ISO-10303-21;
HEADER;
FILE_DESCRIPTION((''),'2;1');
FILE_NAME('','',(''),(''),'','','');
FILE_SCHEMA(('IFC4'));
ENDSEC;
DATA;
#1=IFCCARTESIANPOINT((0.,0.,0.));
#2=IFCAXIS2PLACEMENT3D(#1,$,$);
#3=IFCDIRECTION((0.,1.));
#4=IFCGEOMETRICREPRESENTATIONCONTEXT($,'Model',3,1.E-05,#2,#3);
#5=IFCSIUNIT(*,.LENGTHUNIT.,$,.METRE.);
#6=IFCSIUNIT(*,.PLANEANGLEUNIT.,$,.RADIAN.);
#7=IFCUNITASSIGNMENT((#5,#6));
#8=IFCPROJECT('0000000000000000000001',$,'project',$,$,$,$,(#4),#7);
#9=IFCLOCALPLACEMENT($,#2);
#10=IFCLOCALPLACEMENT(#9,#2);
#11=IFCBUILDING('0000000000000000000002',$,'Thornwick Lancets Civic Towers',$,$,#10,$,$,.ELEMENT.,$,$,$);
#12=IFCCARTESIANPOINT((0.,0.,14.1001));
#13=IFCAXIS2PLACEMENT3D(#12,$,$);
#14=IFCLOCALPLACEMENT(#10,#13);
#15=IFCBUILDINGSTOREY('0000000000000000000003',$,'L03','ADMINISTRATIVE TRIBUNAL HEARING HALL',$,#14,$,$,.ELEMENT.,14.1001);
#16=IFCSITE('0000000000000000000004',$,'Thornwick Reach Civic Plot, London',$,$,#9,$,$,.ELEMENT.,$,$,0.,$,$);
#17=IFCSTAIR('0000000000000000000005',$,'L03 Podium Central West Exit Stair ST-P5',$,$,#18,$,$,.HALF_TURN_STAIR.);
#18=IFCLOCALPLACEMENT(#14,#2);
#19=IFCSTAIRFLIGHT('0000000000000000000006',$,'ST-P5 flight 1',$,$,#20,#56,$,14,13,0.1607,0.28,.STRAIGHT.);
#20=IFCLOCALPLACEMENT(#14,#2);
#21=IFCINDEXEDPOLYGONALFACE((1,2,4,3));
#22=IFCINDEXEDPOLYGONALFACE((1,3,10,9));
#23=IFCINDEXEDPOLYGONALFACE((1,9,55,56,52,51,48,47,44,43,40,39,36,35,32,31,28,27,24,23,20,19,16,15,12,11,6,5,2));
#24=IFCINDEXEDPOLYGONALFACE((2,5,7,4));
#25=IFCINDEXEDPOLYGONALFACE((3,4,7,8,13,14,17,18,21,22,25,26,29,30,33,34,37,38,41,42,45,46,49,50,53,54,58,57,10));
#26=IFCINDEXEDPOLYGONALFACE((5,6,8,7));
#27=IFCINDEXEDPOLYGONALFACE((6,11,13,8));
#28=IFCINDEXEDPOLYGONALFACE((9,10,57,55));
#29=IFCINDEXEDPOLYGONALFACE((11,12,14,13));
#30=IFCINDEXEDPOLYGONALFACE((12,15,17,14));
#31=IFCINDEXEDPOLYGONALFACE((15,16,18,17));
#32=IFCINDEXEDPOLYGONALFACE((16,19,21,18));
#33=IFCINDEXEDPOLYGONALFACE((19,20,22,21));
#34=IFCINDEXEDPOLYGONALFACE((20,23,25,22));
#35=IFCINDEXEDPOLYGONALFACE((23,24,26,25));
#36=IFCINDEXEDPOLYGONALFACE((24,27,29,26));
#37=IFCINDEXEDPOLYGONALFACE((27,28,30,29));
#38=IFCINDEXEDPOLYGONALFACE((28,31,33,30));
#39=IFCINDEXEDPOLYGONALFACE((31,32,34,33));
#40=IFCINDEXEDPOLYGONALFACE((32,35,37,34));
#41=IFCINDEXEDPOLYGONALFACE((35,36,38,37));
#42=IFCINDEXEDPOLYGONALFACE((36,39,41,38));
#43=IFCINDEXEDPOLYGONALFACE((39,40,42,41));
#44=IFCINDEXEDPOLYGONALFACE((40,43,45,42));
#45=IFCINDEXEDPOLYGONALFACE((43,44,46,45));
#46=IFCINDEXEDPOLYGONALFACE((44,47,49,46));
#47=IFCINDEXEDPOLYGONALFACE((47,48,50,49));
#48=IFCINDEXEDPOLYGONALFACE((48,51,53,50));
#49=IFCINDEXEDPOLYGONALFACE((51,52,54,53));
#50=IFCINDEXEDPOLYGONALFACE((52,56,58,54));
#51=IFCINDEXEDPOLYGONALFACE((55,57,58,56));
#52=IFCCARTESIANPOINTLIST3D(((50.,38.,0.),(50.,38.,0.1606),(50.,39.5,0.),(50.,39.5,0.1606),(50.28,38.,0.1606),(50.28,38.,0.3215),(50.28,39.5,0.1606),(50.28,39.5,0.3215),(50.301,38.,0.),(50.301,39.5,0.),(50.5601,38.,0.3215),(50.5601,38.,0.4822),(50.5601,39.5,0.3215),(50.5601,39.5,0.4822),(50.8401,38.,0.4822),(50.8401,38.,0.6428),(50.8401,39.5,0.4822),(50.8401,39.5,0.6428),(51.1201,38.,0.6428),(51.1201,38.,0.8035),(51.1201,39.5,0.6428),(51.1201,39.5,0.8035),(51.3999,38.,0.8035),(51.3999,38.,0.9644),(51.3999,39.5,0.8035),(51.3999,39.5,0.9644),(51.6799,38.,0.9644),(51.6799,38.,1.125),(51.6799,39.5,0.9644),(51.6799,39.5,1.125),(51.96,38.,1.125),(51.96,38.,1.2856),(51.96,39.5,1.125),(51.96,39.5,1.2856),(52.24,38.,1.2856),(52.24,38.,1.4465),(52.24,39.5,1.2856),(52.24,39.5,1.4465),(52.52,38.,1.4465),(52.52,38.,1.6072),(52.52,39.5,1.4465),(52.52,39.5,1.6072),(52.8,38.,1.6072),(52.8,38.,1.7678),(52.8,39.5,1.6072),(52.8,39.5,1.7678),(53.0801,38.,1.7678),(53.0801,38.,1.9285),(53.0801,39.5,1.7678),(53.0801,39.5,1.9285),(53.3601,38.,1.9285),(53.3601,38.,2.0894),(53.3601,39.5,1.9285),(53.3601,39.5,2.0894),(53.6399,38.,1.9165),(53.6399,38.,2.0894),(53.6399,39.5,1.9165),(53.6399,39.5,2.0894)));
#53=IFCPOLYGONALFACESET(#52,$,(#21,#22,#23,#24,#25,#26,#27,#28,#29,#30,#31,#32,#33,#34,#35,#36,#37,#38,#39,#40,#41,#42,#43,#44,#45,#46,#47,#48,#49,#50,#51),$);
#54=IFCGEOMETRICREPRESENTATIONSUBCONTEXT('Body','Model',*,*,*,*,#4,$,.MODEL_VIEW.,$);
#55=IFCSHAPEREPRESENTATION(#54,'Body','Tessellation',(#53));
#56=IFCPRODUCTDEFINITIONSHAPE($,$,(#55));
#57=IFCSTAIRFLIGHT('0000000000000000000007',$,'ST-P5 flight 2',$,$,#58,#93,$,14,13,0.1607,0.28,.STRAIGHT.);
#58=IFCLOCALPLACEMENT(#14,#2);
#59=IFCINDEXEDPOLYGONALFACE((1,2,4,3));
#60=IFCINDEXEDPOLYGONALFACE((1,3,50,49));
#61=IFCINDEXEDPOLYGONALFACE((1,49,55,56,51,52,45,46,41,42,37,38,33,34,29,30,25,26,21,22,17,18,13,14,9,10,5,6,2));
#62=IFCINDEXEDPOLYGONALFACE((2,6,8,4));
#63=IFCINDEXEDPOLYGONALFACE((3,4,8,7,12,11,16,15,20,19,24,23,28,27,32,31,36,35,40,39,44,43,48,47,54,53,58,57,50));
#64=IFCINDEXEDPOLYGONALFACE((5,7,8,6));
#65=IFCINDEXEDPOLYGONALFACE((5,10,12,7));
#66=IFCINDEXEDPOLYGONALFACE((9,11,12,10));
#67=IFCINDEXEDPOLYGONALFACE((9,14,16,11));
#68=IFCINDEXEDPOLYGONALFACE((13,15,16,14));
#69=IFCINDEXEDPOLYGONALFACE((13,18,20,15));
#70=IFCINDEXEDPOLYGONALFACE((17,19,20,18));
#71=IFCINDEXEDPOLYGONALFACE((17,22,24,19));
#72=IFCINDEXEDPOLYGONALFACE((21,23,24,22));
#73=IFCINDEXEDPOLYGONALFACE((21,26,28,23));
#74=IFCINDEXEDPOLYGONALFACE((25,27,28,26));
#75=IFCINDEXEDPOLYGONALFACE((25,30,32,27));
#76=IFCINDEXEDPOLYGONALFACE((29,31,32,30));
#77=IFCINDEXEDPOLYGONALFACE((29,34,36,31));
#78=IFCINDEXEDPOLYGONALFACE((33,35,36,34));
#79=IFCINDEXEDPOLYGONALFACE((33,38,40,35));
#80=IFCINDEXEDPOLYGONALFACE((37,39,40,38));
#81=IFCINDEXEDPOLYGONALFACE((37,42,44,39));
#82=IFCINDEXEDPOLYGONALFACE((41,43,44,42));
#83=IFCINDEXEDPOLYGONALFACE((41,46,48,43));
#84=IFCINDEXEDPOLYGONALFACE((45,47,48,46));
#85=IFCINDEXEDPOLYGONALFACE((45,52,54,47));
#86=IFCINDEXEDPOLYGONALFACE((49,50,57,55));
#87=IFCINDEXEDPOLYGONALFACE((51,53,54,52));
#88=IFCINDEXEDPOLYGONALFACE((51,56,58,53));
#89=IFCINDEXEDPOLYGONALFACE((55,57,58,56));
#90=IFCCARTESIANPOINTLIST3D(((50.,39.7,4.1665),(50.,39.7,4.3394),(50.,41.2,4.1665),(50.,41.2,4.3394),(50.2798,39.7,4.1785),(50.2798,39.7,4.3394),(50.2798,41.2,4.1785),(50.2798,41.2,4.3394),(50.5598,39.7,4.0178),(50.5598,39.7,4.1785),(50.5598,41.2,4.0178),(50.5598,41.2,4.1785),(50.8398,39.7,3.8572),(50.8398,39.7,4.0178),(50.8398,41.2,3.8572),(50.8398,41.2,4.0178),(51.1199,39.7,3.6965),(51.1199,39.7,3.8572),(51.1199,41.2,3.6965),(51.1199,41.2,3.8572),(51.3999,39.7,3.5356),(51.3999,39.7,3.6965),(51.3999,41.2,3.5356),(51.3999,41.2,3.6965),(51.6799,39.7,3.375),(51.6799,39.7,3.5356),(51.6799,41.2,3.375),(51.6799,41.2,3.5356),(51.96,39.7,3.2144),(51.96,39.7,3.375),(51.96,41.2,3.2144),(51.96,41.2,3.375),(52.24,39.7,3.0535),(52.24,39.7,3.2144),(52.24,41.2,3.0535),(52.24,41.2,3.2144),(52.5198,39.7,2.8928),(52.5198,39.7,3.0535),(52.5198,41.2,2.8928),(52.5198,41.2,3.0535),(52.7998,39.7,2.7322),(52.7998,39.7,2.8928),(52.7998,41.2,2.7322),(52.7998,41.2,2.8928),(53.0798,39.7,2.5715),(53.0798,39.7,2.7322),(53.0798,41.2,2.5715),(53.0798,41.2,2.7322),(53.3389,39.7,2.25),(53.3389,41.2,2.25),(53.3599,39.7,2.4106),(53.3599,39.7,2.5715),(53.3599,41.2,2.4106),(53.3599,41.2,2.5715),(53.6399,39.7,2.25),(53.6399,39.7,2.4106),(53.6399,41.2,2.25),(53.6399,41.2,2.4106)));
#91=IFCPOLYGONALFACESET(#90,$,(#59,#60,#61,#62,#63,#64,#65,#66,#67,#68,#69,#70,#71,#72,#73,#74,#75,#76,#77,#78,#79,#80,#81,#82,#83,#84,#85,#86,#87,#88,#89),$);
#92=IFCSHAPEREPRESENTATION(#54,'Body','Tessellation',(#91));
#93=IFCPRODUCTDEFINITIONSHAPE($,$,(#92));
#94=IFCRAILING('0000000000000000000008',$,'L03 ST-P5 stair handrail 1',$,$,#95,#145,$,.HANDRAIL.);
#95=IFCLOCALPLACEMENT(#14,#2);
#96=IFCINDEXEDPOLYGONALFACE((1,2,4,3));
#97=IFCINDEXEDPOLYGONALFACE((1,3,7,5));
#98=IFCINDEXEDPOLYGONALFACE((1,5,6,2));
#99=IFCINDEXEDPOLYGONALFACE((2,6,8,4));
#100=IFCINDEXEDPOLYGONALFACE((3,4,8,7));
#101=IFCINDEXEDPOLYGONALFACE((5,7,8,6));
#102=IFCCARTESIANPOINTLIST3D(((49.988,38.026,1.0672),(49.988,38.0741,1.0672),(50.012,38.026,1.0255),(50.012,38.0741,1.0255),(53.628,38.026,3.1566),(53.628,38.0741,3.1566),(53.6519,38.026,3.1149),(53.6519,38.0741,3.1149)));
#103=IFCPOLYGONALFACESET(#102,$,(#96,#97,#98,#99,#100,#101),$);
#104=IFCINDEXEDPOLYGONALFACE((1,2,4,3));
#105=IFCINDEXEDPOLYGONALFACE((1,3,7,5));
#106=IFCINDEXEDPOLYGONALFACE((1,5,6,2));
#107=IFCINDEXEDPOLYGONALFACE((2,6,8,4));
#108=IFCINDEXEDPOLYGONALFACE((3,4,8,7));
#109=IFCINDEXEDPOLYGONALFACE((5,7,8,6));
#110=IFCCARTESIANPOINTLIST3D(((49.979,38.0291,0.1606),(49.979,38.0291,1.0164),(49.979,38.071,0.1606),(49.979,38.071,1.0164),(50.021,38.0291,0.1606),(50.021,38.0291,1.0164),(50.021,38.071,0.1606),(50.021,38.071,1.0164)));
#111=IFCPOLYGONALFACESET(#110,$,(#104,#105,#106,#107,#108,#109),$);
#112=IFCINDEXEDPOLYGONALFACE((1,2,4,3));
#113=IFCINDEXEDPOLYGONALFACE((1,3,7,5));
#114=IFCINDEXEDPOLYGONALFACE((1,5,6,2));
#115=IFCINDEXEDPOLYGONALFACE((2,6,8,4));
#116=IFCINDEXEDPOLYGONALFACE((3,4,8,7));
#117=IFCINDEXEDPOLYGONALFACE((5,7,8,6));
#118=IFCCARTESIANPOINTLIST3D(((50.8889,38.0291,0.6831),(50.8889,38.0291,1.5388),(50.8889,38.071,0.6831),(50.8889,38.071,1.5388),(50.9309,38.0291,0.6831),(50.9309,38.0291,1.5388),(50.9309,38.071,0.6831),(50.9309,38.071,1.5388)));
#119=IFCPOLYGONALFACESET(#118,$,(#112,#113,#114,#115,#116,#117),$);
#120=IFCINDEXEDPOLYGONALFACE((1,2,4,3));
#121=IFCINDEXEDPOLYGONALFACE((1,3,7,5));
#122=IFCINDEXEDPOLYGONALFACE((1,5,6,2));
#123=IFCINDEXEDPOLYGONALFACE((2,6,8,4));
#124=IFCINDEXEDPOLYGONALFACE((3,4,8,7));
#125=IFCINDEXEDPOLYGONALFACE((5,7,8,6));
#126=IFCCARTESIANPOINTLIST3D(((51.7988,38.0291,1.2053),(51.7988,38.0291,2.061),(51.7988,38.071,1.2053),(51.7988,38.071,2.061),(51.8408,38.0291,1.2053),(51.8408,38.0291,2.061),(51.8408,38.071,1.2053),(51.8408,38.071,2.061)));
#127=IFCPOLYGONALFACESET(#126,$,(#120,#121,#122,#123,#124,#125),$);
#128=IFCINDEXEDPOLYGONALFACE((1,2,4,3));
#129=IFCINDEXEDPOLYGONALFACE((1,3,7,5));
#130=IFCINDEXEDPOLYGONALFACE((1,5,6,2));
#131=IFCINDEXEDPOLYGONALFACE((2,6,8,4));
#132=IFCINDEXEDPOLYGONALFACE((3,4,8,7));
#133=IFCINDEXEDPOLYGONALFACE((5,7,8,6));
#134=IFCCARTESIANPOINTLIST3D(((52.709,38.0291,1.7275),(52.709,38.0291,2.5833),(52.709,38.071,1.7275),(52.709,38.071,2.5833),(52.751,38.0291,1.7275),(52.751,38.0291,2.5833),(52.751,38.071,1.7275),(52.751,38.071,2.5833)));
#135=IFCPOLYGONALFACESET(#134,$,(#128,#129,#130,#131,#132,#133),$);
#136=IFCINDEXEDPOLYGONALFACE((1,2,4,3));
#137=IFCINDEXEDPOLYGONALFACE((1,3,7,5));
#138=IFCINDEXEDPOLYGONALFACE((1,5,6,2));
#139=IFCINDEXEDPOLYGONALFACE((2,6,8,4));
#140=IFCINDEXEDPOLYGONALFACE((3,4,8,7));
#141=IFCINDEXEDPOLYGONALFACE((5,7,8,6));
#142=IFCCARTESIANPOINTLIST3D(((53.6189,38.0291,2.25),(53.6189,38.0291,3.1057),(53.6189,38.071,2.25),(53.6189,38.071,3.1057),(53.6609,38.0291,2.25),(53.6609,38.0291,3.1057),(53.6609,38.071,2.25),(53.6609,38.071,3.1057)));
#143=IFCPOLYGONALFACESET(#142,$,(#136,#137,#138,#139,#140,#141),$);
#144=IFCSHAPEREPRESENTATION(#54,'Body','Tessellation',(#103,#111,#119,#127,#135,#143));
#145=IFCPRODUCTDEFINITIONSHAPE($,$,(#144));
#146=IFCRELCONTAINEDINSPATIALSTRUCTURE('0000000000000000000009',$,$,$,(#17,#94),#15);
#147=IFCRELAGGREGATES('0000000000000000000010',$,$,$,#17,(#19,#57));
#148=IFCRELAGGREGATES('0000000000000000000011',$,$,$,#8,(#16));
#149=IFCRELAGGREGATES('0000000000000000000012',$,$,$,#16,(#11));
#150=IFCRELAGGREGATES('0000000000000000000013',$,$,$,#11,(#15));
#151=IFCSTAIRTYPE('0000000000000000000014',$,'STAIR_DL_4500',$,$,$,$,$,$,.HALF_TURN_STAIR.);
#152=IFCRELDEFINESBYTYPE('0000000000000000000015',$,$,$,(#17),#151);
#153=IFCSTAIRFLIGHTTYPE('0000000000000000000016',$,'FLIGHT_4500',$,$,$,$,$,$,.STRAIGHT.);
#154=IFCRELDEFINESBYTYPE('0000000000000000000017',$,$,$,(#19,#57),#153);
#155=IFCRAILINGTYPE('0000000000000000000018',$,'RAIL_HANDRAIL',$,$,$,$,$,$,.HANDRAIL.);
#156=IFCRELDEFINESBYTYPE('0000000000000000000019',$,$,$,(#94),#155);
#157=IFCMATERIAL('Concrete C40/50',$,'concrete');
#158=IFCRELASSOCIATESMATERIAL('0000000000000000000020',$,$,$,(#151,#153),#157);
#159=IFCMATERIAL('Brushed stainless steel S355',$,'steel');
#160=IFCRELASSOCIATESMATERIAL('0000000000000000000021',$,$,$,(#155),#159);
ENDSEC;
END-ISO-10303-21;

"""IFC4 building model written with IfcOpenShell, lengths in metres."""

from ifc_helpers import new_model, si_unit, direction, frame, origin, origin_2d, place, context, subcontext, project, spatial, polyline, rectangle, outline, extrude, material, type_object, element, aggregate, save


model = new_model("IFC4")

# Units and contexts
model_context = context("Model", 3, precision=1e-05, world=origin(), true_north=direction((0.0, 1.0)))
body_context = subcontext(model_context, "Body", "Model", "MODEL_VIEW")
ifc_project = project(units=[si_unit("LENGTHUNIT", "METRE"), si_unit("PLANEANGLEUNIT", "RADIAN")], contexts=[model_context])

# Site, building, storey
site_placement = place(None, origin())
site = spatial("IfcSite", under=ifc_project, at=site_placement, Name="Thornwick Reach Civic Plot, London", CompositionType="ELEMENT", RefElevation=0.0)
building_placement = place(site_placement, origin())
building = spatial("IfcBuilding", under=site, at=building_placement, Name="Thornwick Lancets Civic Towers", CompositionType="ELEMENT")
storey_placement = place(building_placement, frame((0.0, 0.0, 14.1001)))
storey = spatial("IfcBuildingStorey", under=building, at=storey_placement, Name="L03", Description="ADMINISTRATIVE TRIBUNAL HEARING HALL", CompositionType="ELEMENT", Elevation=14.1001)

# Shared definitions
ifc_material_1 = material(Name="Concrete C40/50", Category="concrete")

# Stair, stair flights
stair_type = type_object("IfcStairType", Name="STAIR_DL_4500", PredefinedType="HALF_TURN_STAIR", material=ifc_material_1)
stair_placement = place(storey_placement, origin())
stair = element("IfcStair", 1, at=stair_placement, inside=storey, type_object=stair_type, Name="L03 Podium Central West Exit Stair ST-P5", PredefinedType="HALF_TURN_STAIR")
stair_flight_type = type_object("IfcStairFlightType", Name="FLIGHT_4500", PredefinedType="STRAIGHT", material=ifc_material_1)
stair_flight_1_placement = place(storey_placement, frame((50.0, 38.75, 0.0), z_axis=(0.0, 0.0, 1.0), x_axis=(1.0, 0.0, 0.0)))
stair_flight_1 = element("IfcStairFlight", 2, at=stair_flight_1_placement, type_object=stair_flight_type, Name="ST-P5 flight 1", NumberOfRisers=14, NumberOfTreads=13, PredefinedType="STRAIGHT", RiserHeight=0.1607, TreadLength=0.28, context=body_context, shape_type="SweptSolid", body=[
    extrude(outline(polyline([(0.0, 0.0), (0.0, 0.1606), (0.28, 0.1606), (0.28, 0.3215), (0.5601, 0.3215), (0.5601, 0.4822), (0.8401, 0.4822), (0.8401, 0.6428), (1.1201, 0.6428), (1.1201, 0.8035), (1.3999, 0.8035), (1.3999, 0.9644), (1.6799, 0.9644), (1.6799, 1.125), (1.96, 1.125), (1.96, 1.2856), (2.24, 1.2856), (2.24, 1.4465), (2.52, 1.4465), (2.52, 1.6072), (2.8, 1.6072), (2.8, 1.7678), (3.0801, 1.7678), (3.0801, 1.9285), (3.3601, 1.9285), (3.3601, 2.0894), (3.6399, 2.0894), (3.6399, 2.25), (3.6399, 1.9165), (0.301, 0.0), (0.0, 0.0)])), frame((0.0, 0.75, 0.0), z_axis=(0.0, -1.0, 0.0), x_axis=(1.0, 0.0, 0.0)), (0.0, 0.0, 1.0), 1.5),
])
stair_flight_2_placement = place(storey_placement, frame((53.6399, 40.45, 2.25), z_axis=(0.0, 0.0, 1.0), x_axis=(-1.0, 0.0, 0.0)))
stair_flight_2 = element("IfcStairFlight", 3, at=stair_flight_2_placement, type_object=stair_flight_type, Name="ST-P5 flight 2", NumberOfRisers=14, NumberOfTreads=13, PredefinedType="STRAIGHT", RiserHeight=0.1607, TreadLength=0.28, context=body_context, shape_type="SweptSolid", body=[
    extrude(outline(polyline([(0.0, 0.0), (0.0, 0.1606), (0.28, 0.1606), (0.28, 0.3215), (0.5601, 0.3215), (0.5601, 0.4822), (0.8401, 0.4822), (0.8401, 0.6428), (1.1201, 0.6428), (1.1201, 0.8035), (1.3999, 0.8035), (1.3999, 0.9644), (1.6799, 0.9644), (1.6799, 1.125), (1.96, 1.125), (1.96, 1.2856), (2.24, 1.2856), (2.24, 1.4465), (2.52, 1.4465), (2.52, 1.6072), (2.8, 1.6072), (2.8, 1.7678), (3.0801, 1.7678), (3.0801, 1.9285), (3.3601, 1.9285), (3.3601, 2.0894), (3.6399, 2.0894), (3.6399, 2.25), (3.6399, 1.9165), (0.301, 0.0), (0.0, 0.0)])), frame((0.0, 0.75, 0.0), z_axis=(0.0, -1.0, 0.0), x_axis=(1.0, 0.0, 0.0)), (0.0, 0.0, 1.0), 1.5),
])
aggregate(stair, [stair_flight_1, stair_flight_2])

# Railing
ifc_material_2 = material(Name="Brushed stainless steel S355", Category="steel")
railing_type_1 = type_object("IfcRailingType", Name="RAIL_HANDRAIL", PredefinedType="HANDRAIL", material=ifc_material_2)
railing_1_placement = place(storey_placement, frame((50.0, 38.05, 0.1606)))
element("IfcRailing", 4, at=railing_1_placement, inside=storey, type_object=railing_type_1, Name="L03 ST-P5 stair handrail 1", PredefinedType="HANDRAIL", context=body_context, shape_type="SweptSolid", body=[
    extrude(rectangle(XDim=0.0481, YDim=0.0481, at=origin_2d()), frame((0.0, 0.0, 0.8857), z_axis=(0.867275, 0.0, 0.497829), x_axis=(0.0, 1.0, 0.0)), (0.0, 0.0, 1.0), 4.197),
    extrude(rectangle(XDim=0.042, YDim=0.042, at=origin_2d()), origin(), (0.0, 0.0, 1.0), 0.8557),
    extrude(rectangle(XDim=0.042, YDim=0.042, at=origin_2d()), frame((0.9099, 0.0, 0.5225)), (0.0, 0.0, 1.0), 0.8557),
    extrude(rectangle(XDim=0.042, YDim=0.042, at=origin_2d()), frame((1.8198, 0.0, 1.0447)), (0.0, 0.0, 1.0), 0.8557),
    extrude(rectangle(XDim=0.042, YDim=0.042, at=origin_2d()), frame((2.73, 0.0, 1.5669)), (0.0, 0.0, 1.0), 0.8557),
    extrude(rectangle(XDim=0.042, YDim=0.042, at=origin_2d()), frame((3.6399, 0.0, 2.0894)), (0.0, 0.0, 1.0), 0.8557),
])

save(model, "model.ifc")
